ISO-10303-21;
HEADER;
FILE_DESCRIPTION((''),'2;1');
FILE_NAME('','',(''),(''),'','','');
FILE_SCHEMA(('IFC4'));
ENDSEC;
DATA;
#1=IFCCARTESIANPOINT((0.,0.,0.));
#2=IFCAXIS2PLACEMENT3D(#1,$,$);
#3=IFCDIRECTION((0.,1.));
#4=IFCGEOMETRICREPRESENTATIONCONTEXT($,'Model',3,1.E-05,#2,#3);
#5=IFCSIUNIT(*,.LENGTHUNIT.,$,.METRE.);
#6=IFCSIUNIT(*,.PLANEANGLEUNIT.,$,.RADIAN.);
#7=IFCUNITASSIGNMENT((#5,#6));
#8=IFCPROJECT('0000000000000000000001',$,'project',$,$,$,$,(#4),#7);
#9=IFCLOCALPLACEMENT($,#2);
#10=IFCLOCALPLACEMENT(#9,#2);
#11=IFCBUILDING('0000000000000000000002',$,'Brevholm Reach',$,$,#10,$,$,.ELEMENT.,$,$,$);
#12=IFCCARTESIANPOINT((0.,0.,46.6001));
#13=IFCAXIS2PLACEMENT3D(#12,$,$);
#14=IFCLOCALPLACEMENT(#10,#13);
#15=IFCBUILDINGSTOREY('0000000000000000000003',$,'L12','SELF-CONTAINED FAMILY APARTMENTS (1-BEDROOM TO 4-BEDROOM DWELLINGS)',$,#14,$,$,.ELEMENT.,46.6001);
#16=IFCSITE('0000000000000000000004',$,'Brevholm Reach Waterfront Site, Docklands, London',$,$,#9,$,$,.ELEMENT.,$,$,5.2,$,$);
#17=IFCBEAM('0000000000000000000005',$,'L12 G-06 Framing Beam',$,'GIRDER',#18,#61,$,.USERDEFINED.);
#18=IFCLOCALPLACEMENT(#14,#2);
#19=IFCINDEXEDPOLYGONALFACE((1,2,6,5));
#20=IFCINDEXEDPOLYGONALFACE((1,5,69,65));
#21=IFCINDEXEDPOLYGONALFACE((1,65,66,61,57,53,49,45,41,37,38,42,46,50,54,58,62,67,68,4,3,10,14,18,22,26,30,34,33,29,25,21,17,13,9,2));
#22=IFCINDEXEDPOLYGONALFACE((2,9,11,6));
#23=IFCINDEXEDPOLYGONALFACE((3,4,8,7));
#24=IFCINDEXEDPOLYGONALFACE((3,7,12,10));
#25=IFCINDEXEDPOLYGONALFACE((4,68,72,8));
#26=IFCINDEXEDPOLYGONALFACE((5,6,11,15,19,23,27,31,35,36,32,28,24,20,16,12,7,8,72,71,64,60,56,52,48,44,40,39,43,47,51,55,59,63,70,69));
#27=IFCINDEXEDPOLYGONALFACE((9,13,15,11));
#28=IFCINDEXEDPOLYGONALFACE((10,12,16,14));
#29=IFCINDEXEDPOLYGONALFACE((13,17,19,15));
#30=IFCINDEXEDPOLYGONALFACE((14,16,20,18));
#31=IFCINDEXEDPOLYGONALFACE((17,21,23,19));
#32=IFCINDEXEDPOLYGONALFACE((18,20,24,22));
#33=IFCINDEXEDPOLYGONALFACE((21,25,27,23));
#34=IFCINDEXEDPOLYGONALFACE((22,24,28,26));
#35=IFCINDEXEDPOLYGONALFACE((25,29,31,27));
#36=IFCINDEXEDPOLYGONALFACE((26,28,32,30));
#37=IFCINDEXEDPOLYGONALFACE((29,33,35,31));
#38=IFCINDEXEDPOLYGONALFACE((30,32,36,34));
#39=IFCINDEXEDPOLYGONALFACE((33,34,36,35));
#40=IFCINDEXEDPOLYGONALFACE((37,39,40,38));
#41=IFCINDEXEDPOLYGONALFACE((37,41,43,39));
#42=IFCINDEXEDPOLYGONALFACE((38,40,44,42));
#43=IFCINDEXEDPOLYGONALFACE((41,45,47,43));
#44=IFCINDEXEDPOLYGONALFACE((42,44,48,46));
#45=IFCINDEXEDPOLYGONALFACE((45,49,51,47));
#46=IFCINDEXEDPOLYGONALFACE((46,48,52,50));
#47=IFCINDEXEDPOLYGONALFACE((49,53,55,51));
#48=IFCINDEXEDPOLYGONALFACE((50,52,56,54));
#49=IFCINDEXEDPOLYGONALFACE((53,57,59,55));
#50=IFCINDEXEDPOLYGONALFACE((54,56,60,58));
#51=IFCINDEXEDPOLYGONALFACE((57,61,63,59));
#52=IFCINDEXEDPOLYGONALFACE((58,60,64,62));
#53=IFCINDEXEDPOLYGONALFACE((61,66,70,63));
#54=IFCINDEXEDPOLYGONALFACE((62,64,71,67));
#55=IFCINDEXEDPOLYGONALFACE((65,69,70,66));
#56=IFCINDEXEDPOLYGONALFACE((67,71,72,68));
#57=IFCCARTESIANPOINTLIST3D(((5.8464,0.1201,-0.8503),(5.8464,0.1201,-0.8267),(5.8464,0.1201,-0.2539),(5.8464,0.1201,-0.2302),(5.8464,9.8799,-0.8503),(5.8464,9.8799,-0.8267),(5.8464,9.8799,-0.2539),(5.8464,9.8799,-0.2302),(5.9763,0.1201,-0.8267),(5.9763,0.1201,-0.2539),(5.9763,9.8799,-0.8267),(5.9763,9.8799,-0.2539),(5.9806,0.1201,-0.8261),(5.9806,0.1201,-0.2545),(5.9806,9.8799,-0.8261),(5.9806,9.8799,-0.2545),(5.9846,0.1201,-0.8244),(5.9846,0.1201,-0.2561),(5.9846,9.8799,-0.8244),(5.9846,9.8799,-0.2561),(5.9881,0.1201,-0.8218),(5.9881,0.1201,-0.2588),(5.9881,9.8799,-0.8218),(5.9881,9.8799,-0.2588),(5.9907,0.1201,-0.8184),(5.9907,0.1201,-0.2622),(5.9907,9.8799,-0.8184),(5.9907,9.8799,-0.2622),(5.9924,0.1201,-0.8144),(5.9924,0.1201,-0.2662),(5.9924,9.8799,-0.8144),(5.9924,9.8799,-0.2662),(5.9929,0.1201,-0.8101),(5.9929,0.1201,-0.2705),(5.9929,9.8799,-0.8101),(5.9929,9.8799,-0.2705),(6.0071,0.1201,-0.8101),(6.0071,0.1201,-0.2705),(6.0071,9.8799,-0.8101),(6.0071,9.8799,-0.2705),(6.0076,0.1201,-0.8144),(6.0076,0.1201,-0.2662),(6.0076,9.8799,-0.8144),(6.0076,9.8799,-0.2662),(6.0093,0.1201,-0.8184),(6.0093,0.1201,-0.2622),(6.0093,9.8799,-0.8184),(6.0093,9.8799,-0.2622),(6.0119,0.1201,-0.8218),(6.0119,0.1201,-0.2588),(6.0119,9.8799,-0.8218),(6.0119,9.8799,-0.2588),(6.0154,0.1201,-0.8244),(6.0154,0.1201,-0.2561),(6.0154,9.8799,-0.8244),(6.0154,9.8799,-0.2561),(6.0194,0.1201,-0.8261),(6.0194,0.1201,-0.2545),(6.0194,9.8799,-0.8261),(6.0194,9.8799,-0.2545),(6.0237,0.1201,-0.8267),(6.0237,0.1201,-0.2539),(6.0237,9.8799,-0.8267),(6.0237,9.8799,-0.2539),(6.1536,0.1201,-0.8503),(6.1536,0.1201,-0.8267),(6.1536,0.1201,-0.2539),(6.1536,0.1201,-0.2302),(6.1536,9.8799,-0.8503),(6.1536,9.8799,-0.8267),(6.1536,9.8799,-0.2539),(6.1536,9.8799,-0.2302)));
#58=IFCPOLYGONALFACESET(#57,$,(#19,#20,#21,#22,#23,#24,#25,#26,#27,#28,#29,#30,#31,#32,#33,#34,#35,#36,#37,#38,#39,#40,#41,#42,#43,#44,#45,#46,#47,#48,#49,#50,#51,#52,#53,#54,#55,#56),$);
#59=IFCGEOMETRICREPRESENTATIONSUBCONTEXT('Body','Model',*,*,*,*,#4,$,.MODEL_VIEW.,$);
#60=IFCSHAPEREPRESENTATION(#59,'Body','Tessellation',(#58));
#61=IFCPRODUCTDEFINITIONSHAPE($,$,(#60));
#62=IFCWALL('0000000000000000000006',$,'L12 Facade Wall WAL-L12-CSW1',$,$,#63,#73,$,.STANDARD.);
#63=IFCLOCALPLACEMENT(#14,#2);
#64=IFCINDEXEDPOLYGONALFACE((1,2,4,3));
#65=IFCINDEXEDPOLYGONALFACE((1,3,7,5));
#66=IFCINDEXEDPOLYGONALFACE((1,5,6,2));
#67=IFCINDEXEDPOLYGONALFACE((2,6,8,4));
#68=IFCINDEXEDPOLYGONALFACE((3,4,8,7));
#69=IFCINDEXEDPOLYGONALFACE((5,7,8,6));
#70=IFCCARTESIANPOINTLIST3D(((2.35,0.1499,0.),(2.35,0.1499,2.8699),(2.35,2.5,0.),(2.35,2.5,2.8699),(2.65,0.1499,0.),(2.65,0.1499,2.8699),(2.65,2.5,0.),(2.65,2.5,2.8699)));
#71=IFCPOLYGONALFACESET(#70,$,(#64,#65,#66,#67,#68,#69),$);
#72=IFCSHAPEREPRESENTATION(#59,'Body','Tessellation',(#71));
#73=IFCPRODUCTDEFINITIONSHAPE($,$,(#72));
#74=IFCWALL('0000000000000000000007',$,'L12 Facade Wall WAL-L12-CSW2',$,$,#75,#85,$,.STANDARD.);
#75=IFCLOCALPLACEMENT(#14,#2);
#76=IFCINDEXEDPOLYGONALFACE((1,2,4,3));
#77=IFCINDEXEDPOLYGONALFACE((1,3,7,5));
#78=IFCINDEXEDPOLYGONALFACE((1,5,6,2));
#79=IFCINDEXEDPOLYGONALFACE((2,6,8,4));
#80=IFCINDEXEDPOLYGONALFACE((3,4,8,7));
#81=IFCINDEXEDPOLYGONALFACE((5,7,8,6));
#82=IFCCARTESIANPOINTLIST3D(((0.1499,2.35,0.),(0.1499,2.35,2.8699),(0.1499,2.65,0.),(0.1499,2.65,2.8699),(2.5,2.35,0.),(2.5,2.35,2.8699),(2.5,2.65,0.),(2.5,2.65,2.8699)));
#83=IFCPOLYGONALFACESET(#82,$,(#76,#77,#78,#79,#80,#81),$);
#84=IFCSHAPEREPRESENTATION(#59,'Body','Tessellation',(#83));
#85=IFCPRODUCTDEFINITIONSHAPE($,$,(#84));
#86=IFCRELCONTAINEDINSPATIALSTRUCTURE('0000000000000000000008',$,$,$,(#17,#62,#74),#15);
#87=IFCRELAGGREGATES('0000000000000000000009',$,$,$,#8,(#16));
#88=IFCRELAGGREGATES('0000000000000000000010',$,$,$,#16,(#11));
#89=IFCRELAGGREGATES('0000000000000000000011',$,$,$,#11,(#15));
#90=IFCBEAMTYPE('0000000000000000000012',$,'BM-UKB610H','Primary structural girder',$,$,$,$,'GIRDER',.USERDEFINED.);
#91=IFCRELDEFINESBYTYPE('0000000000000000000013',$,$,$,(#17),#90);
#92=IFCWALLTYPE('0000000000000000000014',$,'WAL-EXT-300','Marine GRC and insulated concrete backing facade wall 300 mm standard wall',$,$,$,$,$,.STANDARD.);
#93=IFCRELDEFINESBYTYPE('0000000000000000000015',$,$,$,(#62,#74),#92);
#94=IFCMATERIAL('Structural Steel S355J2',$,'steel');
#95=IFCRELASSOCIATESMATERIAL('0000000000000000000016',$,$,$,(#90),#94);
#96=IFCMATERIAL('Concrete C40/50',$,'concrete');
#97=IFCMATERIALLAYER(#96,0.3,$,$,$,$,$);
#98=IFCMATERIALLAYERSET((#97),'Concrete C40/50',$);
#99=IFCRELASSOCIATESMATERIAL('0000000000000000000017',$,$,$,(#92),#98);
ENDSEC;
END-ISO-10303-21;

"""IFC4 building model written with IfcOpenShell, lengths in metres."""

from ifc_helpers import new_model, si_unit, direction, frame, frame_2d, origin, origin_2d, place, context, subcontext, project, spatial, rectangle, i_section, extrude, material, layer, layer_set, material_profile, profile_set, type_object, element, save


model = new_model("IFC4")

# Units and contexts
model_context = context("Model", 3, precision=1e-05, world=origin(), true_north=direction((0.0, 1.0)))
body_context = subcontext(model_context, "Body", "Model", "MODEL_VIEW")
ifc_project = project(units=[si_unit("LENGTHUNIT", "METRE"), si_unit("PLANEANGLEUNIT", "RADIAN")], contexts=[model_context])

# Site, building, storey
site_placement = place(None, origin())
site = spatial("IfcSite", under=ifc_project, at=site_placement, Name="Brevholm Reach Waterfront Site, Docklands, London", CompositionType="ELEMENT", RefElevation=5.2)
building_placement = place(site_placement, origin())
building = spatial("IfcBuilding", under=site, at=building_placement, Name="Brevholm Reach", CompositionType="ELEMENT")
storey_placement = place(building_placement, frame((0.0, 0.0, 46.6001)))
storey = spatial("IfcBuildingStorey", under=building, at=storey_placement, Name="L12", Description="SELF-CONTAINED FAMILY APARTMENTS (1-BEDROOM TO 4-BEDROOM DWELLINGS)", CompositionType="ELEMENT", Elevation=46.6001)

# Beam
ifc_material_1 = material(Name="Structural Steel S355J2", Category="steel")
ifc_material_profile_1 = material_profile(ifc_material_1, i_section(OverallWidth=0.3071, OverallDepth=0.6201, WebThickness=0.0142, FlangeThickness=0.0237, FilletRadius=0.0166, at=origin_2d()), Name="UKB 610x305x179")
ifc_profile_set_1 = profile_set([ifc_material_profile_1], Name="Structural Steel S355J2")
beam_type_1 = type_object("IfcBeamType", Name="BM-UKB610H", Description="Primary structural girder", ElementType="GIRDER", PredefinedType="USERDEFINED", material=ifc_profile_set_1)
beam_1_placement = place(storey_placement, frame((6.0, 0.1201, -0.5403), z_axis=(0.0, 1.0, 0.0), x_axis=(-1.0, 0.0, 0.0)))
element("IfcBeam", 1, at=beam_1_placement, inside=storey, type_object=beam_type_1, Name="L12 G-06 Framing Beam", ObjectType="GIRDER", PredefinedType="USERDEFINED", context=body_context, shape_type="SweptSolid", body=[
    extrude(i_section(OverallWidth=0.3071, OverallDepth=0.6201, WebThickness=0.0142, FlangeThickness=0.0237, FilletRadius=0.0166, at=origin_2d()), origin(), (0.0, 0.0, 1.0), 9.7598),
])

# Walls
ifc_material_2 = material(Name="Concrete C40/50", Category="concrete")
ifc_layer_1 = layer(ifc_material_2, 0.3)
ifc_layer_set_1 = layer_set([ifc_layer_1], Name="Concrete C40/50")
wall_type_1 = type_object("IfcWallType", Name="WAL-EXT-300", Description="Marine GRC and insulated concrete backing facade wall 300 mm standard wall", PredefinedType="STANDARD", material=ifc_layer_set_1)
for number, where, z_axis, x_axis, name in (
    (2, (2.5, 2.5, 0.0), (0.0, 0.0, 1.0), (0.0, -1.0, 0.0), "L12 Facade Wall WAL-L12-CSW1"),
    (3, (0.1499, 2.5, 0.0), (0.0, 0.0, 1.0), (1.0, 0.0, 0.0), "L12 Facade Wall WAL-L12-CSW2"),
):
    element("IfcWall", number, at=place(storey_placement, frame(where, z_axis=z_axis, x_axis=x_axis)), inside=storey, type_object=wall_type_1, Name=name, PredefinedType="STANDARD", context=body_context, shape_type="SweptSolid", body=[
        extrude(rectangle(XDim=2.3501, YDim=0.3, at=frame_2d((1.175, 0.0))), origin(), (0.0, 0.0, 1.0), 2.8699),
    ])

save(model, "model.ifc")
